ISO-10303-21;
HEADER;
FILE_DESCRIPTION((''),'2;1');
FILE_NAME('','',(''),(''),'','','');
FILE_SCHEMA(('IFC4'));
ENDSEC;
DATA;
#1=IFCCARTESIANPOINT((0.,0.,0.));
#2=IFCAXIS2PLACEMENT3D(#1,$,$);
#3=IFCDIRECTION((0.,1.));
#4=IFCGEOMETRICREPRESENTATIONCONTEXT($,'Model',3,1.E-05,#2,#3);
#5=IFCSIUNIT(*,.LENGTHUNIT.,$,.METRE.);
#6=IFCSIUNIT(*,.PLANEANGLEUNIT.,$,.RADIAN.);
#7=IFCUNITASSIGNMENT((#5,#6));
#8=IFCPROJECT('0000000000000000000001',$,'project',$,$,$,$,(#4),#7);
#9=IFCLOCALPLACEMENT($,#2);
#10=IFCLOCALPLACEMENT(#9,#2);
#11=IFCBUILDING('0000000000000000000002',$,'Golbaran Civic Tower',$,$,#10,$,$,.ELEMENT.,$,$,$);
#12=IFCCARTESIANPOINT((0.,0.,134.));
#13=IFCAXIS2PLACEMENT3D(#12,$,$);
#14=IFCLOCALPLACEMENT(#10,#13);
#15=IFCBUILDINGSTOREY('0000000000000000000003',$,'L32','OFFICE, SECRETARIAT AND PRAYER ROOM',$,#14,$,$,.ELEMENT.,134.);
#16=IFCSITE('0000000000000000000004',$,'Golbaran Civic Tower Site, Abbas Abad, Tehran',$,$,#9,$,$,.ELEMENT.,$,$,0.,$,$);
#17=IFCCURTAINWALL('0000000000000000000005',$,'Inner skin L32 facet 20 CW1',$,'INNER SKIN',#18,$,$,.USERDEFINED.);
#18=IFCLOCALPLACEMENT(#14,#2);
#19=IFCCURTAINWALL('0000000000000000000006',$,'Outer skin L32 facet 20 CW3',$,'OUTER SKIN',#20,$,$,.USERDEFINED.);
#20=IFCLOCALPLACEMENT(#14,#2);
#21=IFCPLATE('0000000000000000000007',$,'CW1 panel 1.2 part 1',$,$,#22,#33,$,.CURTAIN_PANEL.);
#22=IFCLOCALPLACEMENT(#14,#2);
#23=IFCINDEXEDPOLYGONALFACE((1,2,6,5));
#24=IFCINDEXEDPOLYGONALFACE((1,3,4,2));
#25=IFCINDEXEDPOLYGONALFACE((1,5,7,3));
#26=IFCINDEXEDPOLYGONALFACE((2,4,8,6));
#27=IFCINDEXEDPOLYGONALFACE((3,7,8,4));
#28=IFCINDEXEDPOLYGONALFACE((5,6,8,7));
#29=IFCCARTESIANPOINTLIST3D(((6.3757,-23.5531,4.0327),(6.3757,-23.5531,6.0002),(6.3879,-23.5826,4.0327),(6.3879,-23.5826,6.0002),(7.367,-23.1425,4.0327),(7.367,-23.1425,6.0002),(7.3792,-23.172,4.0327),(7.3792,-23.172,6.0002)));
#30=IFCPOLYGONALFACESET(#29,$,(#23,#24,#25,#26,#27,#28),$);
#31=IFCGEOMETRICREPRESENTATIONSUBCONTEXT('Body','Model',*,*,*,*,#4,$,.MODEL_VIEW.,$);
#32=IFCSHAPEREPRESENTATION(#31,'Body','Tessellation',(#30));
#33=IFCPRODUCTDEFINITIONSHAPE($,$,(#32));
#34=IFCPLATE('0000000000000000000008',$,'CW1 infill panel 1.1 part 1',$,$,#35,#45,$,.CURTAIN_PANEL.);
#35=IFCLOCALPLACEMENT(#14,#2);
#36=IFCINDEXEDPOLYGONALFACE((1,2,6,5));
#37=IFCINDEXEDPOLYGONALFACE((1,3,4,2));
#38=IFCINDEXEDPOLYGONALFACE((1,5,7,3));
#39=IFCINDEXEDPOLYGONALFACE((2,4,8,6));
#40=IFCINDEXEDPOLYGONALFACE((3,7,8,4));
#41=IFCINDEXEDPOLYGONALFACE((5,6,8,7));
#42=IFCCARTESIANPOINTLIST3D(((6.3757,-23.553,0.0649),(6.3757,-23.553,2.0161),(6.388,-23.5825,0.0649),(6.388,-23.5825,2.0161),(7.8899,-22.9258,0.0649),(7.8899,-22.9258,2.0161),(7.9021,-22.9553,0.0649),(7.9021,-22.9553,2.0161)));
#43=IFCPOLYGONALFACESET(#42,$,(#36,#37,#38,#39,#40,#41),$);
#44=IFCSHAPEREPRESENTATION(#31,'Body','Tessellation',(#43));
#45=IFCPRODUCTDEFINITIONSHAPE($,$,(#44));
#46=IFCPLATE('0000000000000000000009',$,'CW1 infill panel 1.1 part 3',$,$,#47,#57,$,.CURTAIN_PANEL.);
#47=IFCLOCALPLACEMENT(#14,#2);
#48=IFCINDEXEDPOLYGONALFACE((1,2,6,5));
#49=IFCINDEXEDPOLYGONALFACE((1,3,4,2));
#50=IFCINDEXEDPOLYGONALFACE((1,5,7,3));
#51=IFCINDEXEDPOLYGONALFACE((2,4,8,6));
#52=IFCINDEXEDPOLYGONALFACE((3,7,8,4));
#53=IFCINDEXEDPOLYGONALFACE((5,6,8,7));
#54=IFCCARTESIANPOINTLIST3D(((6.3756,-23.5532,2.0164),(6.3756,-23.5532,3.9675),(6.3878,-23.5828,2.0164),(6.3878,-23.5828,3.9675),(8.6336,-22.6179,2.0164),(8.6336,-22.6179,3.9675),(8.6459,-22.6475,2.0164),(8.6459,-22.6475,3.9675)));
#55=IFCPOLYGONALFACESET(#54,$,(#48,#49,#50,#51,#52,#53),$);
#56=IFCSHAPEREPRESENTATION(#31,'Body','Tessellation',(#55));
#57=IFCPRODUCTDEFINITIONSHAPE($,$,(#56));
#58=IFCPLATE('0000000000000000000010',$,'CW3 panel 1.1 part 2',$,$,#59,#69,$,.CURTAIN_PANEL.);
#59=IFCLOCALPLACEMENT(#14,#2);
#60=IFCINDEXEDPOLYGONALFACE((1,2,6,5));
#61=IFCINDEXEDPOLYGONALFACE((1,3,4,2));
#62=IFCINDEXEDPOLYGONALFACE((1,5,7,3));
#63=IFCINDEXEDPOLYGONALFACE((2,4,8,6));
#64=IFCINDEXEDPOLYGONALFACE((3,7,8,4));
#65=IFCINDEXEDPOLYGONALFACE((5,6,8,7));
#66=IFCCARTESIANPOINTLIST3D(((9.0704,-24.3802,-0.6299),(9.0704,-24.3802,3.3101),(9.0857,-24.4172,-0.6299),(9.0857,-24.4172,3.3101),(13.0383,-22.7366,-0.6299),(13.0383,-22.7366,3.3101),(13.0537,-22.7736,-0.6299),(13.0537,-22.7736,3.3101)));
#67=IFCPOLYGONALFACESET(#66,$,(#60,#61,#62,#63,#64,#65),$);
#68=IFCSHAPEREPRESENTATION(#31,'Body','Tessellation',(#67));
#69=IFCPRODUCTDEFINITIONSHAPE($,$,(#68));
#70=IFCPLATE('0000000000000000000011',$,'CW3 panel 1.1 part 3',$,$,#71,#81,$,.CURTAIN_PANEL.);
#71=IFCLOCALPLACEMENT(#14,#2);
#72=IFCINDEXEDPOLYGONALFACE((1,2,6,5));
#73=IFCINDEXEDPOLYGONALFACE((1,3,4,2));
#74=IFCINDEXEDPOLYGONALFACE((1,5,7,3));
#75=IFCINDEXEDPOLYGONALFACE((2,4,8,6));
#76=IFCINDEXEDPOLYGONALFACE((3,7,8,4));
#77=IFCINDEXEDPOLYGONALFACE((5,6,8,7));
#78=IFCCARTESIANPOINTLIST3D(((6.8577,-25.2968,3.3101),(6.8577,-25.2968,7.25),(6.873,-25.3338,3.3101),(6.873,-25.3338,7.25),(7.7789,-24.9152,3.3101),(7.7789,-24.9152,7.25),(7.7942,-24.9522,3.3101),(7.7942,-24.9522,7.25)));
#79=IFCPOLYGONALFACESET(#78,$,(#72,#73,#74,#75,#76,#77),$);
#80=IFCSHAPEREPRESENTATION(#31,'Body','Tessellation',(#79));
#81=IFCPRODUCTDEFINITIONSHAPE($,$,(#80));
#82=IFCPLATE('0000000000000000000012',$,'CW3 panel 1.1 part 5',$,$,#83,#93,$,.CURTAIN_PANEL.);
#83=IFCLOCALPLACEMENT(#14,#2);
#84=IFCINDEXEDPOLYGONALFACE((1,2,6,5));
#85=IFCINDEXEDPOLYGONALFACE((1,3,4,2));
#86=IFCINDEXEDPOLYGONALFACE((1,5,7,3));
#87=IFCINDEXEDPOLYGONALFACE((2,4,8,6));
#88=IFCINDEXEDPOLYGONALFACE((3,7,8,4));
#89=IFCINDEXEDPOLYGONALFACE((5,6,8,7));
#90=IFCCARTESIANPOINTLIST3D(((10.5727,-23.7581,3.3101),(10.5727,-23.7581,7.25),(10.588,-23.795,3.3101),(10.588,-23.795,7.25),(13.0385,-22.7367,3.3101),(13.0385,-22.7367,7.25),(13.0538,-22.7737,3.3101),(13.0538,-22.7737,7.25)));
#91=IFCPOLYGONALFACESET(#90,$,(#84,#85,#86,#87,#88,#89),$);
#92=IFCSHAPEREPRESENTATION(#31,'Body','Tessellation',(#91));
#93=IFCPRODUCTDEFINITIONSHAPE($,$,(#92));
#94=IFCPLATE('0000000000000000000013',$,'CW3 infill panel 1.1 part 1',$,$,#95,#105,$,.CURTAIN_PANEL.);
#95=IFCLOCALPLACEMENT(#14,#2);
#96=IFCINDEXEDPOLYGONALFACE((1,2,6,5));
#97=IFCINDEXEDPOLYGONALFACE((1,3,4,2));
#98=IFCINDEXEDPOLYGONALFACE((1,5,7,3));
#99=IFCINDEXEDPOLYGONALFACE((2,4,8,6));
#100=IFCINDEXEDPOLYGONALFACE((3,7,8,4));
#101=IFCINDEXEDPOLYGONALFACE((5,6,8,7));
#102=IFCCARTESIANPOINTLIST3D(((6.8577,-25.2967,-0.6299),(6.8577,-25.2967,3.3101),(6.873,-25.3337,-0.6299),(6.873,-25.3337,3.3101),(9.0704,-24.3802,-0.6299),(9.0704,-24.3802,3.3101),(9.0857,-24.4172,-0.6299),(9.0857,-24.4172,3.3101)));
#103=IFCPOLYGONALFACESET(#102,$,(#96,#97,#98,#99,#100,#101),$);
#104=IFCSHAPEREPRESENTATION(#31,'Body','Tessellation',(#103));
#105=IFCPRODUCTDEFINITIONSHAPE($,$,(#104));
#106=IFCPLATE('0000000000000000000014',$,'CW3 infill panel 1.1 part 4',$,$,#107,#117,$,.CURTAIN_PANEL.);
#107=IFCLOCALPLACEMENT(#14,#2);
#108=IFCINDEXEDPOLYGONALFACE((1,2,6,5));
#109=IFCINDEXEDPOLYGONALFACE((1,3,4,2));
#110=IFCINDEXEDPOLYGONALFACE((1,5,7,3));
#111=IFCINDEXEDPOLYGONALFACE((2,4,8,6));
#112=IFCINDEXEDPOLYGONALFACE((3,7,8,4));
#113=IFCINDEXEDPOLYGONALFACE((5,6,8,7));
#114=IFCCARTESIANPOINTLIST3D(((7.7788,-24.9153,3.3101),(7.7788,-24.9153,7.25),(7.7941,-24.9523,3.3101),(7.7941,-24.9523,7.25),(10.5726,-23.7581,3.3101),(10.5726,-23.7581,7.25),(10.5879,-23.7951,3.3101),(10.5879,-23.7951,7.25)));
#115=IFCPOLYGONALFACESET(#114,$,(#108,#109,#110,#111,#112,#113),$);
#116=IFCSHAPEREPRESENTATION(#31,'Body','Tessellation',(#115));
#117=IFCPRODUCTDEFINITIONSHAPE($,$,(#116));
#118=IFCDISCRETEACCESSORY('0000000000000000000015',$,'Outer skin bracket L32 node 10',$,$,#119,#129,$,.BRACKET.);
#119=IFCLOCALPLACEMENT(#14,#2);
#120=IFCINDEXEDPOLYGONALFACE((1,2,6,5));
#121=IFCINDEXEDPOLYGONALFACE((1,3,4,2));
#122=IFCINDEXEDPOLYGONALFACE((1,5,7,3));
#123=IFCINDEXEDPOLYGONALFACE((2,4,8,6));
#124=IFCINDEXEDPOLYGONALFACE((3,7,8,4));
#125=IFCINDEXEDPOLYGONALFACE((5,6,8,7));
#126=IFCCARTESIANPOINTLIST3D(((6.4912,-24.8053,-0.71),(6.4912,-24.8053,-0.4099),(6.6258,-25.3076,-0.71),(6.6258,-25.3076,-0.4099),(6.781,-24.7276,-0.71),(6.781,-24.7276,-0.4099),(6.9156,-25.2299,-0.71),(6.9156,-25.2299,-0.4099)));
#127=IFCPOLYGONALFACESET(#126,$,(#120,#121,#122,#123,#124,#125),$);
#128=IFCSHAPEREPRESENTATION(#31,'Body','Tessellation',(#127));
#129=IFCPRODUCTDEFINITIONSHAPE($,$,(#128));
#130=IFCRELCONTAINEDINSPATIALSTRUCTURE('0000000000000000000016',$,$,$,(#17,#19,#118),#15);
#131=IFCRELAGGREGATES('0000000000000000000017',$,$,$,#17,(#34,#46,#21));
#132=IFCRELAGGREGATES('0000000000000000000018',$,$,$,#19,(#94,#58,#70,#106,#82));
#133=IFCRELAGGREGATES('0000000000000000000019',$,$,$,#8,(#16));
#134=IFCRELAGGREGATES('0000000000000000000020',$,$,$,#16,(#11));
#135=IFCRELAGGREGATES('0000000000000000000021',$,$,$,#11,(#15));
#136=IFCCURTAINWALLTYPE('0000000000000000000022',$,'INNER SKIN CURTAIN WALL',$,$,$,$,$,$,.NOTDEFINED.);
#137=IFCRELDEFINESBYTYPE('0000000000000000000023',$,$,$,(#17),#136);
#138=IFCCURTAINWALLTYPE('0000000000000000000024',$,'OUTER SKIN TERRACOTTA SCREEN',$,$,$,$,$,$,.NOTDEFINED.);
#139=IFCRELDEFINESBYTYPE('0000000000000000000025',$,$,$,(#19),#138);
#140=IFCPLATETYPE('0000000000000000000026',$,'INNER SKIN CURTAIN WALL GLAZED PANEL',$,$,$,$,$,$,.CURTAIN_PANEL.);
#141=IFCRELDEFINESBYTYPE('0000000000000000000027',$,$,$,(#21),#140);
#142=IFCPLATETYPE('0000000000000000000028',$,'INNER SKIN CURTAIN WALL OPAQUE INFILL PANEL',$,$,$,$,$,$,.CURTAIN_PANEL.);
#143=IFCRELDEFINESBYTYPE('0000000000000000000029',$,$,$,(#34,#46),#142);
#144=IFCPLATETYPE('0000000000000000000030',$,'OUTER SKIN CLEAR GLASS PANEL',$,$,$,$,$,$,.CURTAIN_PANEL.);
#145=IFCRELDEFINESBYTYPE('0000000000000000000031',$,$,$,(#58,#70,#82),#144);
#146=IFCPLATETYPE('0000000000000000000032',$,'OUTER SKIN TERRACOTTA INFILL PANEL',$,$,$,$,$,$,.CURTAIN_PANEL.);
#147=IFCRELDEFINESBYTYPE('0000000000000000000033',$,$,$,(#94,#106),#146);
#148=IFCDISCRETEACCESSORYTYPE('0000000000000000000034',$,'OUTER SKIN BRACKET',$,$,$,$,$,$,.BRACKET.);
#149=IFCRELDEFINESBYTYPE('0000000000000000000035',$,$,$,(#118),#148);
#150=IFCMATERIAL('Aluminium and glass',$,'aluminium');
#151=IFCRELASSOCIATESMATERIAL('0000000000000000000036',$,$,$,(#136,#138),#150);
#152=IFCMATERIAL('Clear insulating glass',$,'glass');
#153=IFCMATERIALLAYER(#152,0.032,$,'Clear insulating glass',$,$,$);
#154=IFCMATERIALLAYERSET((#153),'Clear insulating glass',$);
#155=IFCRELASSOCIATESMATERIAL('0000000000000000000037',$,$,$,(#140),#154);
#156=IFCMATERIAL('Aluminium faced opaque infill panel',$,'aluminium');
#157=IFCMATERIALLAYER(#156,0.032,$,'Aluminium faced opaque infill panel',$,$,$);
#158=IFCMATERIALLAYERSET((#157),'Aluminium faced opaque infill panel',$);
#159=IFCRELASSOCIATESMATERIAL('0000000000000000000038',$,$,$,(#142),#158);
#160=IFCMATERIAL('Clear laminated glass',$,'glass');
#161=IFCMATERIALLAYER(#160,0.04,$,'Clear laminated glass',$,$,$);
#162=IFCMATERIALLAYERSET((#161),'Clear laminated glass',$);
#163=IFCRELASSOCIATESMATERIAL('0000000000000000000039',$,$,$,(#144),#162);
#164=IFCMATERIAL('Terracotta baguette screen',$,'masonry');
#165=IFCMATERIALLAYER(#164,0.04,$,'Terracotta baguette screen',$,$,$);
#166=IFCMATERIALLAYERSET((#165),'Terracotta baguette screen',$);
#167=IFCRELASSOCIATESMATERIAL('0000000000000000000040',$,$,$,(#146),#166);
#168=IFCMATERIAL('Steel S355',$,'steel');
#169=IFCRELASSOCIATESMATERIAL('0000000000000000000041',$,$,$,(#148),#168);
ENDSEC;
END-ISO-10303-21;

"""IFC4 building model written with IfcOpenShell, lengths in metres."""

from ifc_helpers import new_model, si_unit, direction, frame, origin, origin_2d, place, context, subcontext, project, spatial, rectangle, extrude, material, layer, layer_set, type_object, element, aggregate, save


model = new_model("IFC4")

# Units and contexts
model_context = context("Model", 3, precision=1e-05, world=origin(), true_north=direction((0.0, 1.0)))
body_context = subcontext(model_context, "Body", "Model", "MODEL_VIEW")
ifc_project = project(units=[si_unit("LENGTHUNIT", "METRE"), si_unit("PLANEANGLEUNIT", "RADIAN")], contexts=[model_context])

# Site, building, storey
site_placement = place(None, origin())
site = spatial("IfcSite", under=ifc_project, at=site_placement, Name="Golbaran Civic Tower Site, Abbas Abad, Tehran", CompositionType="ELEMENT", RefElevation=0.0)
building_placement = place(site_placement, origin())
building = spatial("IfcBuilding", under=site, at=building_placement, Name="Golbaran Civic Tower", CompositionType="ELEMENT")
storey_placement = place(building_placement, frame((0.0, 0.0, 134.0)))
storey = spatial("IfcBuildingStorey", under=building, at=storey_placement, Name="L32", Description="OFFICE, SECRETARIAT AND PRAYER ROOM", CompositionType="ELEMENT", Elevation=134.0)

# Shared definitions
ifc_material_1 = material(Name="Steel S355", Category="steel")

# Curtain wall
ifc_material_2 = material(Name="Aluminium and glass", Category="aluminium")
curtain_wall_type_1 = type_object("IfcCurtainWallType", Name="INNER SKIN CURTAIN WALL", PredefinedType="NOTDEFINED", material=ifc_material_2)
curtain_wall_1_placement = place(storey_placement, origin())
curtain_wall_1 = element("IfcCurtainWall", 1, at=curtain_wall_1_placement, inside=storey, type_object=curtain_wall_type_1, Name="Inner skin L32 facet 20 CW1", ObjectType="INNER SKIN", PredefinedType="USERDEFINED")

# Shared definitions
curtain_wall_type_2 = type_object("IfcCurtainWallType", Name="OUTER SKIN TERRACOTTA SCREEN", PredefinedType="NOTDEFINED", material=ifc_material_2)

# Curtain wall
curtain_wall_2_placement = place(storey_placement, origin())
curtain_wall_2 = element("IfcCurtainWall", 2, at=curtain_wall_2_placement, inside=storey, type_object=curtain_wall_type_2, Name="Outer skin L32 facet 20 CW3", ObjectType="OUTER SKIN", PredefinedType="USERDEFINED")

# Plates
ifc_material_3 = material(Name="Clear insulating glass", Category="glass")
ifc_layer_1 = layer(ifc_material_3, 0.032, Name="Clear insulating glass")
ifc_layer_set_1 = layer_set([ifc_layer_1], Name="Clear insulating glass")
plate_type_1 = type_object("IfcPlateType", Name="INNER SKIN CURTAIN WALL GLAZED PANEL", PredefinedType="CURTAIN_PANEL", material=ifc_layer_set_1)
plate_1_placement = place(storey_placement, frame((6.8774, -23.3625, 4.0327), z_axis=(0.0, 0.0, 1.0), x_axis=(0.92388, 0.382683, 0.0)))
plate_1 = element("IfcPlate", 3, at=plate_1_placement, type_object=plate_type_1, Name="CW1 panel 1.2 part 1", PredefinedType="CURTAIN_PANEL", context=body_context, shape_type="SweptSolid", body=[
    extrude(rectangle(XDim=1.073, YDim=0.032, at=origin_2d()), origin(), (0.0, 0.0, 1.0), 1.9675),
])
ifc_material_4 = material(Name="Aluminium faced opaque infill panel", Category="aluminium")
ifc_layer_2 = layer(ifc_material_4, 0.032, Name="Aluminium faced opaque infill panel")
ifc_layer_set_2 = layer_set([ifc_layer_2], Name="Aluminium faced opaque infill panel")
plate_type_2 = type_object("IfcPlateType", Name="INNER SKIN CURTAIN WALL OPAQUE INFILL PANEL", PredefinedType="CURTAIN_PANEL", material=ifc_layer_set_2)
plate_2_placement = place(storey_placement, frame((7.1389, -23.2542, 0.0649), z_axis=(0.0, 0.0, 1.0), x_axis=(0.92388, 0.382683, 0.0)))
plate_2 = element("IfcPlate", 4, at=plate_2_placement, type_object=plate_type_2, Name="CW1 infill panel 1.1 part 1", PredefinedType="CURTAIN_PANEL", context=body_context, shape_type="SweptSolid", body=[
    extrude(rectangle(XDim=1.6389, YDim=0.032, at=origin_2d()), origin(), (0.0, 0.0, 1.0), 1.9512),
])
plate_3_placement = place(storey_placement, frame((7.5107, -23.1003, 2.0164), z_axis=(0.0, 0.0, 1.0), x_axis=(0.92388, 0.382683, 0.0)))
plate_3 = element("IfcPlate", 5, at=plate_3_placement, type_object=plate_type_2, Name="CW1 infill panel 1.1 part 3", PredefinedType="CURTAIN_PANEL", context=body_context, shape_type="SweptSolid", body=[
    extrude(rectangle(XDim=2.4441, YDim=0.032, at=origin_2d()), origin(), (0.0, 0.0, 1.0), 1.9512),
])
aggregate(curtain_wall_1, [plate_2, plate_3, plate_1])
ifc_material_5 = material(Name="Clear laminated glass", Category="glass")
ifc_layer_3 = layer(ifc_material_5, 0.04, Name="Clear laminated glass")
ifc_layer_set_3 = layer_set([ifc_layer_3], Name="Clear laminated glass")
plate_type_3 = type_object("IfcPlateType", Name="OUTER SKIN CLEAR GLASS PANEL", PredefinedType="CURTAIN_PANEL", material=ifc_layer_set_3)
plate_4_placement = place(storey_placement, frame((11.062, -23.5769, -0.6299), z_axis=(0.0, 0.0, 1.0), x_axis=(0.92388, 0.382683, 0.0)))
plate_4 = element("IfcPlate", 6, at=plate_4_placement, type_object=plate_type_3, Name="CW3 panel 1.1 part 2", PredefinedType="CURTAIN_PANEL", context=body_context, shape_type="SweptSolid", body=[
    extrude(rectangle(XDim=4.2949, YDim=0.04, at=origin_2d()), origin(), (0.0, 0.0, 1.0), 3.9399),
])
plate_5_placement = place(storey_placement, frame((7.3259, -25.1245, 3.3101), z_axis=(0.0, 0.0, 1.0), x_axis=(0.92388, 0.382683, 0.0)))
plate_5 = element("IfcPlate", 7, at=plate_5_placement, type_object=plate_type_3, Name="CW3 panel 1.1 part 3", PredefinedType="CURTAIN_PANEL", context=body_context, shape_type="SweptSolid", body=[
    extrude(rectangle(XDim=0.9971, YDim=0.04, at=origin_2d()), origin(), (0.0, 0.0, 1.0), 3.9399),
])
plate_6_placement = place(storey_placement, frame((11.8132, -23.2659, 3.3101), z_axis=(0.0, 0.0, 1.0), x_axis=(0.92388, 0.382683, 0.0)))
plate_6 = element("IfcPlate", 8, at=plate_6_placement, type_object=plate_type_3, Name="CW3 panel 1.1 part 5", PredefinedType="CURTAIN_PANEL", context=body_context, shape_type="SweptSolid", body=[
    extrude(rectangle(XDim=2.6689, YDim=0.04, at=origin_2d()), origin(), (0.0, 0.0, 1.0), 3.9399),
])
ifc_material_6 = material(Name="Terracotta baguette screen", Category="masonry")
ifc_layer_4 = layer(ifc_material_6, 0.04, Name="Terracotta baguette screen")
ifc_layer_set_4 = layer_set([ifc_layer_4], Name="Terracotta baguette screen")
plate_type_4 = type_object("IfcPlateType", Name="OUTER SKIN TERRACOTTA INFILL PANEL", PredefinedType="CURTAIN_PANEL", material=ifc_layer_set_4)
plate_7_placement = place(storey_placement, frame((7.9717, -24.8569, -0.6299), z_axis=(0.0, 0.0, 1.0), x_axis=(0.92388, 0.382683, 0.0)))
plate_7 = element("IfcPlate", 9, at=plate_7_placement, type_object=plate_type_4, Name="CW3 infill panel 1.1 part 1", PredefinedType="CURTAIN_PANEL", context=body_context, shape_type="SweptSolid", body=[
    extrude(rectangle(XDim=2.395, YDim=0.04, at=origin_2d()), origin(), (0.0, 0.0, 1.0), 3.9399),
])
plate_8_placement = place(storey_placement, frame((9.1833, -24.3552, 3.3101), z_axis=(0.0, 0.0, 1.0), x_axis=(0.92388, 0.382683, 0.0)))
plate_8 = element("IfcPlate", 10, at=plate_8_placement, type_object=plate_type_4, Name="CW3 infill panel 1.1 part 4", PredefinedType="CURTAIN_PANEL", context=body_context, shape_type="SweptSolid", body=[
    extrude(rectangle(XDim=3.0239, YDim=0.04, at=origin_2d()), origin(), (0.0, 0.0, 1.0), 3.9399),
])
aggregate(curtain_wall_2, [plate_7, plate_4, plate_5, plate_8, plate_6])

# Discrete accessory
discrete_accessory_type = type_object("IfcDiscreteAccessoryType", Name="OUTER SKIN BRACKET", PredefinedType="BRACKET", material=ifc_material_1)
discrete_accessory_placement = place(storey_placement, frame((6.7034, -25.0176, -0.71), z_axis=(0.0, 0.0, 1.0), x_axis=(0.258819, -0.965926, 0.0)))
element("IfcDiscreteAccessory", 11, at=discrete_accessory_placement, inside=storey, type_object=discrete_accessory_type, Name="Outer skin bracket L32 node 10", PredefinedType="BRACKET", context=body_context, shape_type="SweptSolid", body=[
    extrude(rectangle(XDim=0.52, YDim=0.3, at=origin_2d()), origin(), (0.0, 0.0, 1.0), 0.3),
])

save(model, "model.ifc")
